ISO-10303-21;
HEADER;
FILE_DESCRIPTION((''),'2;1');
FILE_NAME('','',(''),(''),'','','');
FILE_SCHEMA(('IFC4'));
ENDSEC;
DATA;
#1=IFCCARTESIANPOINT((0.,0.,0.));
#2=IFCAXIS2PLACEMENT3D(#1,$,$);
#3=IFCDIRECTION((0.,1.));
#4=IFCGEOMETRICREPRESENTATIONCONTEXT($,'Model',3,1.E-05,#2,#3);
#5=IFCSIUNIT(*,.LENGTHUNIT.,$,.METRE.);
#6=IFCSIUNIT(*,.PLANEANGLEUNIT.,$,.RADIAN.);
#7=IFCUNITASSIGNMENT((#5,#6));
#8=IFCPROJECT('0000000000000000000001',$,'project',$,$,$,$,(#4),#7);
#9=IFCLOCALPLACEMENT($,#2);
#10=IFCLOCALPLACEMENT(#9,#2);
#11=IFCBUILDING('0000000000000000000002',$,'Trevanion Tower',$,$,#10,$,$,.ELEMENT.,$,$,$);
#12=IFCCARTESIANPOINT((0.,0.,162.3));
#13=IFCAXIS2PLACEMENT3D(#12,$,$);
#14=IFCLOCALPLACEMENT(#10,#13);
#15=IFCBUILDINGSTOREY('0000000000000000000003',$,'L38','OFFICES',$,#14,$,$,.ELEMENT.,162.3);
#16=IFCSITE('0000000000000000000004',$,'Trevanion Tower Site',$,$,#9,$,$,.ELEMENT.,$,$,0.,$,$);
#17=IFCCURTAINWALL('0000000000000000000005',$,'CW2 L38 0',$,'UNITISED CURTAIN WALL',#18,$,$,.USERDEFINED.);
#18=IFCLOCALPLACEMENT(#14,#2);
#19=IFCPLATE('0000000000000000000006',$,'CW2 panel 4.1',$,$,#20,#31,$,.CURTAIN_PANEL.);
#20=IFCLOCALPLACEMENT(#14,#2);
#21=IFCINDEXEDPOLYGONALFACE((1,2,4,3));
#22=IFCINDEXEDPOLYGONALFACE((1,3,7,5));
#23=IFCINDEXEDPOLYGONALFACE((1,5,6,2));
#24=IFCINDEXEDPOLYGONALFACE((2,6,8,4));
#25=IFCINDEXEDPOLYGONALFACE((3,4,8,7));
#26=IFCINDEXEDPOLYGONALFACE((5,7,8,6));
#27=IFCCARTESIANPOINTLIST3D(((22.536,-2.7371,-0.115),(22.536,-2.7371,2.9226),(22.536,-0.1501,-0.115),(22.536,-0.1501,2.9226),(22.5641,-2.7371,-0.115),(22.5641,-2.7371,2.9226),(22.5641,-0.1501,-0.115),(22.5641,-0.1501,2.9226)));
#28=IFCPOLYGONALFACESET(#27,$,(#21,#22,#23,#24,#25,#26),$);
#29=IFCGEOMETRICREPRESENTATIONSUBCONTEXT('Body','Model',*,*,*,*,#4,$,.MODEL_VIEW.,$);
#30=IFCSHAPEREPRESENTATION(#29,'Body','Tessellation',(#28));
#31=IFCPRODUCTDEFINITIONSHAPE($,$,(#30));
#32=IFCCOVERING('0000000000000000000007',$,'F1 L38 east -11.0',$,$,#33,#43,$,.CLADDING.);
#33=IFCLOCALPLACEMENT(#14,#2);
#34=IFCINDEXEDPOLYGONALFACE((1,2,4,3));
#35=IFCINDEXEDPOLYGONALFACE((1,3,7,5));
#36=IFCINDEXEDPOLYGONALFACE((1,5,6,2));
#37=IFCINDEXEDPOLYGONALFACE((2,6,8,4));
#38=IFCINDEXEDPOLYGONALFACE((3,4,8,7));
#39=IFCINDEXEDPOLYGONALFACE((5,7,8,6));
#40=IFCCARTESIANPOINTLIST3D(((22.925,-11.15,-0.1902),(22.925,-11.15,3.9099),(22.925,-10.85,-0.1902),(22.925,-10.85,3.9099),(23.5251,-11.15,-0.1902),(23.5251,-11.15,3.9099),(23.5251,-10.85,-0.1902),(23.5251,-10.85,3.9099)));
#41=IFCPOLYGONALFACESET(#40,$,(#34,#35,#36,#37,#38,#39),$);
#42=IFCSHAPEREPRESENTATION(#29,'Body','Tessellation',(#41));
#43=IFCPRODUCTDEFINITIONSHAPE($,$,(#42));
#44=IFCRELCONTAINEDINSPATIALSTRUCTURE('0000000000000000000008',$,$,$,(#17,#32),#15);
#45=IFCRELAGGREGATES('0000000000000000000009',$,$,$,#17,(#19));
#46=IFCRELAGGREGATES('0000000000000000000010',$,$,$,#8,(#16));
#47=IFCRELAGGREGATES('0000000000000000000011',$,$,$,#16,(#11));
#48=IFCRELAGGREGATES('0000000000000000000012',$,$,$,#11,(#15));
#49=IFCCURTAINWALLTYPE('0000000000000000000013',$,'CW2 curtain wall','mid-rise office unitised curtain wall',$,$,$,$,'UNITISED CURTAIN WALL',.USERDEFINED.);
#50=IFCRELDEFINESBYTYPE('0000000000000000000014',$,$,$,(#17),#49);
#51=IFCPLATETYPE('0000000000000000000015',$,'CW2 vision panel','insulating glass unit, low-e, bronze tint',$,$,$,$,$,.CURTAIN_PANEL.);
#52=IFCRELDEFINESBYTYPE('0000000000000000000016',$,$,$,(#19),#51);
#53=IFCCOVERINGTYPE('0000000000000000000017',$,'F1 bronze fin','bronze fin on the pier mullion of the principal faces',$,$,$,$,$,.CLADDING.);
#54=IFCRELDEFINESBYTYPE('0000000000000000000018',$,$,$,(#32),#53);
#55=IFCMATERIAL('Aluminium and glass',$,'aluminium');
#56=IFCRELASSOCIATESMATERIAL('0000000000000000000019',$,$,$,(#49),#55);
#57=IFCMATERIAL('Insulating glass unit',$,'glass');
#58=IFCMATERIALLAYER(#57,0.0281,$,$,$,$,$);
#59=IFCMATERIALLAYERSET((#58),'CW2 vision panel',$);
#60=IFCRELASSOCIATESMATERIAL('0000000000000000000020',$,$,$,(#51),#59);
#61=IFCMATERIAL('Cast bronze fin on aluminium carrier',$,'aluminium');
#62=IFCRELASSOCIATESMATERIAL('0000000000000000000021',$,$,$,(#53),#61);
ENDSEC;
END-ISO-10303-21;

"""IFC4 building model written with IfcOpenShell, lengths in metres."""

from ifc_helpers import new_model, si_unit, direction, frame, origin, origin_2d, place, context, subcontext, project, spatial, rectangle, extrude, material, layer, layer_set, type_object, element, aggregate, save


model = new_model("IFC4")

# Units and contexts
model_context = context("Model", 3, precision=1e-05, world=origin(), true_north=direction((0.0, 1.0)))
body_context = subcontext(model_context, "Body", "Model", "MODEL_VIEW")
ifc_project = project(units=[si_unit("LENGTHUNIT", "METRE"), si_unit("PLANEANGLEUNIT", "RADIAN")], contexts=[model_context])

# Site, building, storey
site_placement = place(None, origin())
site = spatial("IfcSite", under=ifc_project, at=site_placement, Name="Trevanion Tower Site", CompositionType="ELEMENT", RefElevation=0.0)
building_placement = place(site_placement, origin())
building = spatial("IfcBuilding", under=site, at=building_placement, Name="Trevanion Tower", CompositionType="ELEMENT")
storey_placement = place(building_placement, frame((0.0, 0.0, 162.3)))
storey = spatial("IfcBuildingStorey", under=building, at=storey_placement, Name="L38", Description="OFFICES", CompositionType="ELEMENT", Elevation=162.3)

# Curtain wall, plate
ifc_material_1 = material(Name="Aluminium and glass", Category="aluminium")
curtain_wall_type = type_object("IfcCurtainWallType", Name="CW2 curtain wall", Description="mid-rise office unitised curtain wall", ElementType="UNITISED CURTAIN WALL", PredefinedType="USERDEFINED", material=ifc_material_1)
curtain_wall_placement = place(storey_placement, origin())
curtain_wall = element("IfcCurtainWall", 1, at=curtain_wall_placement, inside=storey, type_object=curtain_wall_type, Name="CW2 L38 0", ObjectType="UNITISED CURTAIN WALL", PredefinedType="USERDEFINED")
ifc_material_2 = material(Name="Insulating glass unit", Category="glass")
ifc_layer_1 = layer(ifc_material_2, 0.0281)
ifc_layer_set_1 = layer_set([ifc_layer_1], Name="CW2 vision panel")
plate_type_1 = type_object("IfcPlateType", Name="CW2 vision panel", Description="insulating glass unit, low-e, bronze tint", PredefinedType="CURTAIN_PANEL", material=ifc_layer_set_1)
plate_1_placement = place(storey_placement, frame((22.55, -1.4436, -0.115), z_axis=(0.0, 0.0, 1.0), x_axis=(0.0, 1.0, 0.0)))
plate_1 = element("IfcPlate", 2, at=plate_1_placement, type_object=plate_type_1, Name="CW2 panel 4.1", PredefinedType="CURTAIN_PANEL", context=body_context, shape_type="SweptSolid", body=[
    extrude(rectangle(XDim=2.5869, YDim=0.0281, at=origin_2d()), origin(), (0.0, 0.0, 1.0), 3.0376),
])
aggregate(curtain_wall, [plate_1])

# Covering
ifc_material_3 = material(Name="Cast bronze fin on aluminium carrier", Category="aluminium")
covering_type = type_object("IfcCoveringType", Name="F1 bronze fin", Description="bronze fin on the pier mullion of the principal faces", PredefinedType="CLADDING", material=ifc_material_3)
covering_placement = place(storey_placement, frame((23.2251, -11.0, -0.1902), z_axis=(0.0, 0.0, 1.0), x_axis=(0.0, 1.0, 0.0)))
element("IfcCovering", 3, at=covering_placement, inside=storey, type_object=covering_type, Name="F1 L38 east -11.0", PredefinedType="CLADDING", context=body_context, shape_type="SweptSolid", body=[
    extrude(rectangle(XDim=0.3, YDim=0.6001, at=origin_2d()), origin(), (0.0, 0.0, 1.0), 4.1001),
])

save(model, "model.ifc")
